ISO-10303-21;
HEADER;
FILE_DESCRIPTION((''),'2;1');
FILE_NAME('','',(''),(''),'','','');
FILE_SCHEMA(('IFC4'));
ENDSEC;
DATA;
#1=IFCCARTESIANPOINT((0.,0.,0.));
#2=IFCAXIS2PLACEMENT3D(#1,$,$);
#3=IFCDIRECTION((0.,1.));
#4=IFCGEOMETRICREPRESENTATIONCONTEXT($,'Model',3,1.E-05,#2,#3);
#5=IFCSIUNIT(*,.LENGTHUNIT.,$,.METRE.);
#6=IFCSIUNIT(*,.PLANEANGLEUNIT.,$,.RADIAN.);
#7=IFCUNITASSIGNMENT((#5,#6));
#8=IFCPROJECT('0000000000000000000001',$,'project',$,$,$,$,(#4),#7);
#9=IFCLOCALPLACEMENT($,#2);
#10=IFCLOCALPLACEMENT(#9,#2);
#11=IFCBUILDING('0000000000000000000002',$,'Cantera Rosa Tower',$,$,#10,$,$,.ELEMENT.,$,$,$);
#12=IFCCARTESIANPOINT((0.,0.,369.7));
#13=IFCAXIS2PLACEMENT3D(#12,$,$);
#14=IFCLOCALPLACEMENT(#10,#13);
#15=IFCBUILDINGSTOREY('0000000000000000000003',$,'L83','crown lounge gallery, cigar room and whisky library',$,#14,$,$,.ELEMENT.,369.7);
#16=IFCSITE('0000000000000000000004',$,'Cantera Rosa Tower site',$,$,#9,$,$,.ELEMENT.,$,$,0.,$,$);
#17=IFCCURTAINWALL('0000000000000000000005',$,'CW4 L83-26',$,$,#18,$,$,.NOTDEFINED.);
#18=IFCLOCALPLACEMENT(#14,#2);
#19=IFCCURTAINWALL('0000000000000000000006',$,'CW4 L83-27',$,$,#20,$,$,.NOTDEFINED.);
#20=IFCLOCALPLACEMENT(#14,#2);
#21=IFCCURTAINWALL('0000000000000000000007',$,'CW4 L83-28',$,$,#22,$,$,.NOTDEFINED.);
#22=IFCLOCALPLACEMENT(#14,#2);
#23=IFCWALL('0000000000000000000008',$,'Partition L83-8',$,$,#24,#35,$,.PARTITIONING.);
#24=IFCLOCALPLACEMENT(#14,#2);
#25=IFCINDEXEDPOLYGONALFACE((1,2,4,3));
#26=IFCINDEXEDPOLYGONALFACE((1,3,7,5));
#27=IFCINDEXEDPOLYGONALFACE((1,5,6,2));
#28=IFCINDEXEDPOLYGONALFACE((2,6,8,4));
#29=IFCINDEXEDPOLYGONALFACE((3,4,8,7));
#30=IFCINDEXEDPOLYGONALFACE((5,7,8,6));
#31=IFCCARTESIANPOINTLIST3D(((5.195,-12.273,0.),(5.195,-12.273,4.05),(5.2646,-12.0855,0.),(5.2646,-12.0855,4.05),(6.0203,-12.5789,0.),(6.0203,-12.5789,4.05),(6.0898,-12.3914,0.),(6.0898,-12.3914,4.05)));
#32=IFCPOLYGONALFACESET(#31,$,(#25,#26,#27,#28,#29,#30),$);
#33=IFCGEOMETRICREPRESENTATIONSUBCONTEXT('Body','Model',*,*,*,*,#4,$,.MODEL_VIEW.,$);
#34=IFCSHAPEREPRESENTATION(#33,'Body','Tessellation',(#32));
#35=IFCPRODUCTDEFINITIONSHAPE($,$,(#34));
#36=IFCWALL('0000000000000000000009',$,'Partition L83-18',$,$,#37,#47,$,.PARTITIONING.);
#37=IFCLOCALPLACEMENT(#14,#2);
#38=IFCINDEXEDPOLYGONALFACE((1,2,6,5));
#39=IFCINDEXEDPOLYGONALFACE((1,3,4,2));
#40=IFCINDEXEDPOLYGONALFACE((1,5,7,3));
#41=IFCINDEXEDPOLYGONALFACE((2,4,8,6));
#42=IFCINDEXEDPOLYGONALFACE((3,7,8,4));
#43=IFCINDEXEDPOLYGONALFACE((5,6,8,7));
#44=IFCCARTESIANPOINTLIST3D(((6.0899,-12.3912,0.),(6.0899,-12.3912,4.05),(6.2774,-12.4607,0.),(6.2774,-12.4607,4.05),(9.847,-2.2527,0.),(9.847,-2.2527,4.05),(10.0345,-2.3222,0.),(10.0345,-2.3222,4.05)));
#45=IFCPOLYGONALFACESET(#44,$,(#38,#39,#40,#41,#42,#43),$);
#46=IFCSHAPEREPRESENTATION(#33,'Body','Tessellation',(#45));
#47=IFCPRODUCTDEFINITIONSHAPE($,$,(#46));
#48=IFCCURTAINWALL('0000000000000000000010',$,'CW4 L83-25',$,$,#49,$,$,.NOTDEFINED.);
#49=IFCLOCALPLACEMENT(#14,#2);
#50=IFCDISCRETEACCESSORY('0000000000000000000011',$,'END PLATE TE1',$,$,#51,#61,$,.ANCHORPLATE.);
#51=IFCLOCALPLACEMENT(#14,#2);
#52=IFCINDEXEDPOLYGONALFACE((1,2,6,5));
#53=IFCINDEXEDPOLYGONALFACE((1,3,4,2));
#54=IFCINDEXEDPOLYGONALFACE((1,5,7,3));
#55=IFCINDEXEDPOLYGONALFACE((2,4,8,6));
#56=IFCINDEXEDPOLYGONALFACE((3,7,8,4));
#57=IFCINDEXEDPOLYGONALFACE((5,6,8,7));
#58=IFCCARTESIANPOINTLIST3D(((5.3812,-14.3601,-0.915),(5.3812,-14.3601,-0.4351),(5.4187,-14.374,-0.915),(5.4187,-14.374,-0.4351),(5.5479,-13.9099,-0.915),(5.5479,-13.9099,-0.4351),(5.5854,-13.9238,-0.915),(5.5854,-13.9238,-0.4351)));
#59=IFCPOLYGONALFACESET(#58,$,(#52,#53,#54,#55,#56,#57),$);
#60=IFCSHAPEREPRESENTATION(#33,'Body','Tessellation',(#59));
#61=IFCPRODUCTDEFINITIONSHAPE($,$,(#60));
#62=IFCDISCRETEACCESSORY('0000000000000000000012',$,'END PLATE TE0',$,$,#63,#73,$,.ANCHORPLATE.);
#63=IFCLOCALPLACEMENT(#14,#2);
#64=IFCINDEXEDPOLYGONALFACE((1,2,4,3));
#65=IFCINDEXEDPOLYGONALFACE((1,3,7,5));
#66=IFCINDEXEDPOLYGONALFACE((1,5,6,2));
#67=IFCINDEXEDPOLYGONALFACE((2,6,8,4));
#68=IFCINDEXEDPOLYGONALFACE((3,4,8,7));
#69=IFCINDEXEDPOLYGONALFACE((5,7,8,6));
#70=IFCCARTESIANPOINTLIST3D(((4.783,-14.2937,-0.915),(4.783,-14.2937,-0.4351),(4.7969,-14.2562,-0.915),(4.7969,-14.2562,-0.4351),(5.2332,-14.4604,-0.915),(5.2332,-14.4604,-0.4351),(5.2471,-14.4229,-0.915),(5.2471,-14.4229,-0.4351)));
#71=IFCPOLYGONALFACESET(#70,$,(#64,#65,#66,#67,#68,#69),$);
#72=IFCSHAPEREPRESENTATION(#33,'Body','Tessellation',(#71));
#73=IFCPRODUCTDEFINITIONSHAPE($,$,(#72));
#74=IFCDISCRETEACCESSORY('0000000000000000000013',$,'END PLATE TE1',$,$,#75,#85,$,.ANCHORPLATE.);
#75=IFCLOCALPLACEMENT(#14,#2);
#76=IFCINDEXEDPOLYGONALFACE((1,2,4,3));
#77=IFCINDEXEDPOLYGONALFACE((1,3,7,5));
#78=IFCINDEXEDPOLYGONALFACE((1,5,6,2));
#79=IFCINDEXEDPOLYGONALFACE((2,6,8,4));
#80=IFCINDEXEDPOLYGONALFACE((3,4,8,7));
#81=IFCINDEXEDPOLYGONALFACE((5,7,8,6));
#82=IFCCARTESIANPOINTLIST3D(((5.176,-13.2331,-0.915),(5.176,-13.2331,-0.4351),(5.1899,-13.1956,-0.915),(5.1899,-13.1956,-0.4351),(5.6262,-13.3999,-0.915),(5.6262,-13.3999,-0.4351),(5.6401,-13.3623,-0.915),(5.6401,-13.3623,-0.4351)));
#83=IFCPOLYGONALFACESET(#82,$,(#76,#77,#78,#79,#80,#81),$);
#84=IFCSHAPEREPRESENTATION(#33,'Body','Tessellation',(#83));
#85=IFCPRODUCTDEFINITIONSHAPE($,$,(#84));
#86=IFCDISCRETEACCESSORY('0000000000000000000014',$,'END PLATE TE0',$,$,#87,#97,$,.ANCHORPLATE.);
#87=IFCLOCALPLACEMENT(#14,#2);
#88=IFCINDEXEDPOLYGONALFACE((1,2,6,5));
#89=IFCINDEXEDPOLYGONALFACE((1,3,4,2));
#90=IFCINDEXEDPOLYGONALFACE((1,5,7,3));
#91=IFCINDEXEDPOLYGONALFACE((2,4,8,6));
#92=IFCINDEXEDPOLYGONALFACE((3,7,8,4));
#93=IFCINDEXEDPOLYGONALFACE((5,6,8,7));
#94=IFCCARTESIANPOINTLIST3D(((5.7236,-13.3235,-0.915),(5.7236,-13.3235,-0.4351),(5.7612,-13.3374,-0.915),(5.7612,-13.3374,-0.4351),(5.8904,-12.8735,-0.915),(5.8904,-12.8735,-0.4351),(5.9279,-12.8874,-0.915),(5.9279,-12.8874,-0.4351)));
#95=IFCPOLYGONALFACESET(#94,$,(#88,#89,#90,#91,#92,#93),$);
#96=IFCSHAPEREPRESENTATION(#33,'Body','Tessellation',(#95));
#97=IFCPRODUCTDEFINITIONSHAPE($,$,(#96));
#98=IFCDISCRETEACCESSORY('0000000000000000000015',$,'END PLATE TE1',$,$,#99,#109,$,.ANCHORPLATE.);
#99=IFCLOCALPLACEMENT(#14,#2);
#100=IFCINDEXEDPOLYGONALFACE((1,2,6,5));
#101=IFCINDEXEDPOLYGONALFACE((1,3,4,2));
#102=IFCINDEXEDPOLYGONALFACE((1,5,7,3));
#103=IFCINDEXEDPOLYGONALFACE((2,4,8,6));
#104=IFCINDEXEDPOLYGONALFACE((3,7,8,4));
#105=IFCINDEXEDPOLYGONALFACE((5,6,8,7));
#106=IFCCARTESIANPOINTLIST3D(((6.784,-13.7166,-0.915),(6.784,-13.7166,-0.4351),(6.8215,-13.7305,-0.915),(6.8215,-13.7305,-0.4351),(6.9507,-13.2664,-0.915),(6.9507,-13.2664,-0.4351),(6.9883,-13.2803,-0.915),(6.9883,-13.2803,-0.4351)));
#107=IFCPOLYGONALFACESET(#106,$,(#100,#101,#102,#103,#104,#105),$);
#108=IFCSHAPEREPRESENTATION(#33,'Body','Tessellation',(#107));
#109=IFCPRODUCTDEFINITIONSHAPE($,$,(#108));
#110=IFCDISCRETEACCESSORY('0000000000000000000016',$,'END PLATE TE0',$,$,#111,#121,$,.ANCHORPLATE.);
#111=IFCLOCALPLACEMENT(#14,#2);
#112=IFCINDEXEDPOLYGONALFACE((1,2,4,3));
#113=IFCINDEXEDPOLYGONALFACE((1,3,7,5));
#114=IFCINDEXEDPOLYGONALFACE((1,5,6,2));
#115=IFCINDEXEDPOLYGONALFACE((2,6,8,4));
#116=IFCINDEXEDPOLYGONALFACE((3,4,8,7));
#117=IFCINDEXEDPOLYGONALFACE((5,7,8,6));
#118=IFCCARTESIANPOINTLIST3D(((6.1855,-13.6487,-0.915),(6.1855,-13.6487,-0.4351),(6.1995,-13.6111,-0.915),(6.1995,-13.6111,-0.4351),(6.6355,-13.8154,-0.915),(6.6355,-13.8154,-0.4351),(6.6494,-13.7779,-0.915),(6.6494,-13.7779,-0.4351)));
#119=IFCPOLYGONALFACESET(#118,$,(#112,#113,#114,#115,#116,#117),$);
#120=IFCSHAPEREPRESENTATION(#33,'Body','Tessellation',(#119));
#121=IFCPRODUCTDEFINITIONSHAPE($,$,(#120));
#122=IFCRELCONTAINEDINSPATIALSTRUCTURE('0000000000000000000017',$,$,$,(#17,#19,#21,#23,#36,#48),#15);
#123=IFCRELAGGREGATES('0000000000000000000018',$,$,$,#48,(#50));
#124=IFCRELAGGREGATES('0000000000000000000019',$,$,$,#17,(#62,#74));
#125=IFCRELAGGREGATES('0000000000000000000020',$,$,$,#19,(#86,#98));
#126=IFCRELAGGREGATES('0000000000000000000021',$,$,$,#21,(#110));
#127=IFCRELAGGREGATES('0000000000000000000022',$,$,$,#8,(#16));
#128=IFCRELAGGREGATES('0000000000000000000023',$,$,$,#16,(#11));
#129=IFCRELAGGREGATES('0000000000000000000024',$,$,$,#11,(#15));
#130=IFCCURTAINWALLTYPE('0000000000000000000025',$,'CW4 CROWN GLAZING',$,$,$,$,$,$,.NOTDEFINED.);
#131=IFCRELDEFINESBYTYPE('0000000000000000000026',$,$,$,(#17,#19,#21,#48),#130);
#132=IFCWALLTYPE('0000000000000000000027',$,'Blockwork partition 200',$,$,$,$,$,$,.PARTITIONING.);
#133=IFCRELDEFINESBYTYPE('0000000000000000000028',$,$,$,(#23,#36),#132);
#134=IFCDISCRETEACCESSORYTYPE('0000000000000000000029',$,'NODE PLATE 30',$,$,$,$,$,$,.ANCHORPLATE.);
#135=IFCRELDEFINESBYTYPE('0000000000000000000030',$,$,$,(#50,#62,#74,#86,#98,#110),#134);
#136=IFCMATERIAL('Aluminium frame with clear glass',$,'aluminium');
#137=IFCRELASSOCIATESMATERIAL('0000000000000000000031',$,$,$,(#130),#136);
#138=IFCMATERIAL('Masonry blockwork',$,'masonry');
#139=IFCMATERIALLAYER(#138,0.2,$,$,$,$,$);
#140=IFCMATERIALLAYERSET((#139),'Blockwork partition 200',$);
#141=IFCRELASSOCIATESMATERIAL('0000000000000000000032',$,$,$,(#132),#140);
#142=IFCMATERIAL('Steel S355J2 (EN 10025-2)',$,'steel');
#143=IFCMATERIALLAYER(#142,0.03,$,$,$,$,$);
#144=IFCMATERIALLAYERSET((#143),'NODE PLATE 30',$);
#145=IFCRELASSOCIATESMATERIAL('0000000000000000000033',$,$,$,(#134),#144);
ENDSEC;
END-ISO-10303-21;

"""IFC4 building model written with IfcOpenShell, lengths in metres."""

from ifc_helpers import new_model, si_unit, direction, frame, frame_2d, origin, place, context, subcontext, project, spatial, polyline, rectangle, outline, extrude, material, layer, layer_set, type_object, element, aggregate, save


model = new_model("IFC4")

# Units and contexts
model_context = context("Model", 3, precision=1e-05, world=origin(), true_north=direction((0.0, 1.0)))
body_context = subcontext(model_context, "Body", "Model", "MODEL_VIEW")
ifc_project = project(units=[si_unit("LENGTHUNIT", "METRE"), si_unit("PLANEANGLEUNIT", "RADIAN")], contexts=[model_context])

# Site, building, storey
site_placement = place(None, origin())
site = spatial("IfcSite", under=ifc_project, at=site_placement, Name="Cantera Rosa Tower site", CompositionType="ELEMENT", RefElevation=0.0)
building_placement = place(site_placement, origin())
building = spatial("IfcBuilding", under=site, at=building_placement, Name="Cantera Rosa Tower", CompositionType="ELEMENT")
storey_placement = place(building_placement, frame((0.0, 0.0, 369.7)))
storey = spatial("IfcBuildingStorey", under=building, at=storey_placement, Name="L83", Description="crown lounge gallery, cigar room and whisky library", CompositionType="ELEMENT", Elevation=369.7)

# Curtain walls
ifc_material_1 = material(Name="Aluminium frame with clear glass", Category="aluminium")
curtain_wall_type = type_object("IfcCurtainWallType", Name="CW4 CROWN GLAZING", PredefinedType="NOTDEFINED", material=ifc_material_1)
curtain_wall_1_placement = place(storey_placement, origin())
curtain_wall_1 = element("IfcCurtainWall", 1, at=curtain_wall_1_placement, inside=storey, type_object=curtain_wall_type, Name="CW4 L83-26", PredefinedType="NOTDEFINED")
curtain_wall_2_placement = place(storey_placement, origin())
curtain_wall_2 = element("IfcCurtainWall", 2, at=curtain_wall_2_placement, inside=storey, type_object=curtain_wall_type, Name="CW4 L83-27", PredefinedType="NOTDEFINED")
curtain_wall_3_placement = place(storey_placement, origin())
curtain_wall_3 = element("IfcCurtainWall", 3, at=curtain_wall_3_placement, inside=storey, type_object=curtain_wall_type, Name="CW4 L83-28", PredefinedType="NOTDEFINED")

# Walls
ifc_material_2 = material(Name="Masonry blockwork", Category="masonry")
ifc_layer_1 = layer(ifc_material_2, 0.2)
ifc_layer_set_1 = layer_set([ifc_layer_1], Name="Blockwork partition 200")
wall_type = type_object("IfcWallType", Name="Blockwork partition 200", PredefinedType="PARTITIONING", material=ifc_layer_set_1)
wall_1_placement = place(storey_placement, frame((6.0549, -12.4851, 0.0), z_axis=(0.0, 0.0, 1.0), x_axis=(-0.937645, 0.347594, 0.0)))
element("IfcWall", 4, at=wall_1_placement, inside=storey, type_object=wall_type, Name="Partition L83-8", PredefinedType="PARTITIONING", context=body_context, shape_type="SweptSolid", body=[
    extrude(rectangle(XDim=0.8801, YDim=0.2, at=frame_2d((0.4399, 0.0))), origin(), (0.0, 0.0, 1.0), 4.05),
])
wall_2_placement = place(storey_placement, frame((6.1836, -12.426, 0.0), z_axis=(0.0, 0.0, 1.0), x_axis=(0.347486, 0.937685, 0.0)))
element("IfcWall", 5, at=wall_2_placement, inside=storey, type_object=wall_type, Name="Partition L83-18", PredefinedType="PARTITIONING", context=body_context, shape_type="SweptSolid", body=[
    extrude(rectangle(XDim=10.8123, YDim=0.2, at=frame_2d((5.4062, 0.0))), origin(), (0.0, 0.0, 1.0), 4.05),
])

# Curtain wall, discrete accessory
curtain_wall_4_placement = place(storey_placement, origin())
curtain_wall_4 = element("IfcCurtainWall", 6, at=curtain_wall_4_placement, inside=storey, type_object=curtain_wall_type, Name="CW4 L83-25", PredefinedType="NOTDEFINED")
ifc_material_3 = material(Name="Steel S355J2 (EN 10025-2)", Category="steel")
ifc_layer_2 = layer(ifc_material_3, 0.03)
ifc_layer_set_2 = layer_set([ifc_layer_2], Name="NODE PLATE 30")
discrete_accessory_type = type_object("IfcDiscreteAccessoryType", Name="NODE PLATE 30", PredefinedType="ANCHORPLATE", material=ifc_layer_set_2)
discrete_accessory_1_placement = place(storey_placement, frame((5.5854, -13.9238, -0.4351), z_axis=(0.937743, -0.347331, 0.0), x_axis=(-0.347331, -0.937743, 0.0)))
discrete_accessory_1 = element("IfcDiscreteAccessory", 7, at=discrete_accessory_1_placement, type_object=discrete_accessory_type, Name="END PLATE TE1", PredefinedType="ANCHORPLATE", context=body_context, shape_type="SweptSolid", body=[
    extrude(outline(polyline([(0.0, 0.0), (0.4801, 0.0), (0.4801, 0.48), (0.0, 0.48), (0.0, 0.0)])), origin(), (0.0, 0.0, -1.0), 0.04),
])
aggregate(curtain_wall_4, [discrete_accessory_1])

# Discrete accessories
discrete_accessory_2_placement = place(storey_placement, frame((5.2332, -14.4604, -0.4351), z_axis=(-0.347331, -0.937743, 0.0), x_axis=(-0.937743, 0.347331, 0.0)))
discrete_accessory_2 = element("IfcDiscreteAccessory", 8, at=discrete_accessory_2_placement, type_object=discrete_accessory_type, Name="END PLATE TE0", PredefinedType="ANCHORPLATE", context=body_context, shape_type="SweptSolid", body=[
    extrude(outline(polyline([(0.0, 0.0), (0.4801, 0.0), (0.4801, 0.48), (0.0, 0.48), (0.0, 0.0)])), origin(), (0.0, 0.0, -1.0), 0.04),
])
discrete_accessory_3_placement = place(storey_placement, frame((5.1899, -13.1956, -0.4351), z_axis=(0.347331, 0.937743, 0.0), x_axis=(0.937743, -0.347331, 0.0)))
discrete_accessory_3 = element("IfcDiscreteAccessory", 9, at=discrete_accessory_3_placement, type_object=discrete_accessory_type, Name="END PLATE TE1", PredefinedType="ANCHORPLATE", context=body_context, shape_type="SweptSolid", body=[
    extrude(outline(polyline([(0.0, 0.0), (0.4801, 0.0), (0.4801, 0.48), (0.0, 0.48), (0.0, 0.0)])), origin(), (0.0, 0.0, -1.0), 0.04),
])
aggregate(curtain_wall_1, [discrete_accessory_2, discrete_accessory_3])
discrete_accessory_4_placement = place(storey_placement, frame((5.7236, -13.3235, -0.4351), z_axis=(-0.937681, 0.347497, 0.0), x_axis=(0.347497, 0.937681, 0.0)))
discrete_accessory_4 = element("IfcDiscreteAccessory", 10, at=discrete_accessory_4_placement, type_object=discrete_accessory_type, Name="END PLATE TE0", PredefinedType="ANCHORPLATE", context=body_context, shape_type="SweptSolid", body=[
    extrude(outline(polyline([(0.0, 0.0), (0.4799, 0.0), (0.4799, 0.48), (0.0, 0.48), (0.0, 0.0)])), origin(), (0.0, 0.0, -1.0), 0.04),
])
discrete_accessory_5_placement = place(storey_placement, frame((6.9883, -13.2803, -0.4351), z_axis=(0.937743, -0.347331, 0.0), x_axis=(-0.347331, -0.937743, 0.0)))
discrete_accessory_5 = element("IfcDiscreteAccessory", 11, at=discrete_accessory_5_placement, type_object=discrete_accessory_type, Name="END PLATE TE1", PredefinedType="ANCHORPLATE", context=body_context, shape_type="SweptSolid", body=[
    extrude(outline(polyline([(0.0, 0.0), (0.4801, 0.0), (0.4801, 0.48), (0.0, 0.48), (0.0, 0.0)])), origin(), (0.0, 0.0, -1.0), 0.04),
])
aggregate(curtain_wall_2, [discrete_accessory_4, discrete_accessory_5])
discrete_accessory_6_placement = place(storey_placement, frame((6.6355, -13.8154, -0.4351), z_axis=(-0.347497, -0.937681, 0.0), x_axis=(-0.937681, 0.347497, 0.0)))
discrete_accessory_6 = element("IfcDiscreteAccessory", 12, at=discrete_accessory_6_placement, type_object=discrete_accessory_type, Name="END PLATE TE0", PredefinedType="ANCHORPLATE", context=body_context, shape_type="SweptSolid", body=[
    extrude(outline(polyline([(0.0, 0.0), (0.4799, 0.0), (0.4799, 0.48), (0.0, 0.48), (0.0, 0.0)])), origin(), (0.0, 0.0, -1.0), 0.04),
])
aggregate(curtain_wall_3, [discrete_accessory_6])

save(model, "model.ifc")
